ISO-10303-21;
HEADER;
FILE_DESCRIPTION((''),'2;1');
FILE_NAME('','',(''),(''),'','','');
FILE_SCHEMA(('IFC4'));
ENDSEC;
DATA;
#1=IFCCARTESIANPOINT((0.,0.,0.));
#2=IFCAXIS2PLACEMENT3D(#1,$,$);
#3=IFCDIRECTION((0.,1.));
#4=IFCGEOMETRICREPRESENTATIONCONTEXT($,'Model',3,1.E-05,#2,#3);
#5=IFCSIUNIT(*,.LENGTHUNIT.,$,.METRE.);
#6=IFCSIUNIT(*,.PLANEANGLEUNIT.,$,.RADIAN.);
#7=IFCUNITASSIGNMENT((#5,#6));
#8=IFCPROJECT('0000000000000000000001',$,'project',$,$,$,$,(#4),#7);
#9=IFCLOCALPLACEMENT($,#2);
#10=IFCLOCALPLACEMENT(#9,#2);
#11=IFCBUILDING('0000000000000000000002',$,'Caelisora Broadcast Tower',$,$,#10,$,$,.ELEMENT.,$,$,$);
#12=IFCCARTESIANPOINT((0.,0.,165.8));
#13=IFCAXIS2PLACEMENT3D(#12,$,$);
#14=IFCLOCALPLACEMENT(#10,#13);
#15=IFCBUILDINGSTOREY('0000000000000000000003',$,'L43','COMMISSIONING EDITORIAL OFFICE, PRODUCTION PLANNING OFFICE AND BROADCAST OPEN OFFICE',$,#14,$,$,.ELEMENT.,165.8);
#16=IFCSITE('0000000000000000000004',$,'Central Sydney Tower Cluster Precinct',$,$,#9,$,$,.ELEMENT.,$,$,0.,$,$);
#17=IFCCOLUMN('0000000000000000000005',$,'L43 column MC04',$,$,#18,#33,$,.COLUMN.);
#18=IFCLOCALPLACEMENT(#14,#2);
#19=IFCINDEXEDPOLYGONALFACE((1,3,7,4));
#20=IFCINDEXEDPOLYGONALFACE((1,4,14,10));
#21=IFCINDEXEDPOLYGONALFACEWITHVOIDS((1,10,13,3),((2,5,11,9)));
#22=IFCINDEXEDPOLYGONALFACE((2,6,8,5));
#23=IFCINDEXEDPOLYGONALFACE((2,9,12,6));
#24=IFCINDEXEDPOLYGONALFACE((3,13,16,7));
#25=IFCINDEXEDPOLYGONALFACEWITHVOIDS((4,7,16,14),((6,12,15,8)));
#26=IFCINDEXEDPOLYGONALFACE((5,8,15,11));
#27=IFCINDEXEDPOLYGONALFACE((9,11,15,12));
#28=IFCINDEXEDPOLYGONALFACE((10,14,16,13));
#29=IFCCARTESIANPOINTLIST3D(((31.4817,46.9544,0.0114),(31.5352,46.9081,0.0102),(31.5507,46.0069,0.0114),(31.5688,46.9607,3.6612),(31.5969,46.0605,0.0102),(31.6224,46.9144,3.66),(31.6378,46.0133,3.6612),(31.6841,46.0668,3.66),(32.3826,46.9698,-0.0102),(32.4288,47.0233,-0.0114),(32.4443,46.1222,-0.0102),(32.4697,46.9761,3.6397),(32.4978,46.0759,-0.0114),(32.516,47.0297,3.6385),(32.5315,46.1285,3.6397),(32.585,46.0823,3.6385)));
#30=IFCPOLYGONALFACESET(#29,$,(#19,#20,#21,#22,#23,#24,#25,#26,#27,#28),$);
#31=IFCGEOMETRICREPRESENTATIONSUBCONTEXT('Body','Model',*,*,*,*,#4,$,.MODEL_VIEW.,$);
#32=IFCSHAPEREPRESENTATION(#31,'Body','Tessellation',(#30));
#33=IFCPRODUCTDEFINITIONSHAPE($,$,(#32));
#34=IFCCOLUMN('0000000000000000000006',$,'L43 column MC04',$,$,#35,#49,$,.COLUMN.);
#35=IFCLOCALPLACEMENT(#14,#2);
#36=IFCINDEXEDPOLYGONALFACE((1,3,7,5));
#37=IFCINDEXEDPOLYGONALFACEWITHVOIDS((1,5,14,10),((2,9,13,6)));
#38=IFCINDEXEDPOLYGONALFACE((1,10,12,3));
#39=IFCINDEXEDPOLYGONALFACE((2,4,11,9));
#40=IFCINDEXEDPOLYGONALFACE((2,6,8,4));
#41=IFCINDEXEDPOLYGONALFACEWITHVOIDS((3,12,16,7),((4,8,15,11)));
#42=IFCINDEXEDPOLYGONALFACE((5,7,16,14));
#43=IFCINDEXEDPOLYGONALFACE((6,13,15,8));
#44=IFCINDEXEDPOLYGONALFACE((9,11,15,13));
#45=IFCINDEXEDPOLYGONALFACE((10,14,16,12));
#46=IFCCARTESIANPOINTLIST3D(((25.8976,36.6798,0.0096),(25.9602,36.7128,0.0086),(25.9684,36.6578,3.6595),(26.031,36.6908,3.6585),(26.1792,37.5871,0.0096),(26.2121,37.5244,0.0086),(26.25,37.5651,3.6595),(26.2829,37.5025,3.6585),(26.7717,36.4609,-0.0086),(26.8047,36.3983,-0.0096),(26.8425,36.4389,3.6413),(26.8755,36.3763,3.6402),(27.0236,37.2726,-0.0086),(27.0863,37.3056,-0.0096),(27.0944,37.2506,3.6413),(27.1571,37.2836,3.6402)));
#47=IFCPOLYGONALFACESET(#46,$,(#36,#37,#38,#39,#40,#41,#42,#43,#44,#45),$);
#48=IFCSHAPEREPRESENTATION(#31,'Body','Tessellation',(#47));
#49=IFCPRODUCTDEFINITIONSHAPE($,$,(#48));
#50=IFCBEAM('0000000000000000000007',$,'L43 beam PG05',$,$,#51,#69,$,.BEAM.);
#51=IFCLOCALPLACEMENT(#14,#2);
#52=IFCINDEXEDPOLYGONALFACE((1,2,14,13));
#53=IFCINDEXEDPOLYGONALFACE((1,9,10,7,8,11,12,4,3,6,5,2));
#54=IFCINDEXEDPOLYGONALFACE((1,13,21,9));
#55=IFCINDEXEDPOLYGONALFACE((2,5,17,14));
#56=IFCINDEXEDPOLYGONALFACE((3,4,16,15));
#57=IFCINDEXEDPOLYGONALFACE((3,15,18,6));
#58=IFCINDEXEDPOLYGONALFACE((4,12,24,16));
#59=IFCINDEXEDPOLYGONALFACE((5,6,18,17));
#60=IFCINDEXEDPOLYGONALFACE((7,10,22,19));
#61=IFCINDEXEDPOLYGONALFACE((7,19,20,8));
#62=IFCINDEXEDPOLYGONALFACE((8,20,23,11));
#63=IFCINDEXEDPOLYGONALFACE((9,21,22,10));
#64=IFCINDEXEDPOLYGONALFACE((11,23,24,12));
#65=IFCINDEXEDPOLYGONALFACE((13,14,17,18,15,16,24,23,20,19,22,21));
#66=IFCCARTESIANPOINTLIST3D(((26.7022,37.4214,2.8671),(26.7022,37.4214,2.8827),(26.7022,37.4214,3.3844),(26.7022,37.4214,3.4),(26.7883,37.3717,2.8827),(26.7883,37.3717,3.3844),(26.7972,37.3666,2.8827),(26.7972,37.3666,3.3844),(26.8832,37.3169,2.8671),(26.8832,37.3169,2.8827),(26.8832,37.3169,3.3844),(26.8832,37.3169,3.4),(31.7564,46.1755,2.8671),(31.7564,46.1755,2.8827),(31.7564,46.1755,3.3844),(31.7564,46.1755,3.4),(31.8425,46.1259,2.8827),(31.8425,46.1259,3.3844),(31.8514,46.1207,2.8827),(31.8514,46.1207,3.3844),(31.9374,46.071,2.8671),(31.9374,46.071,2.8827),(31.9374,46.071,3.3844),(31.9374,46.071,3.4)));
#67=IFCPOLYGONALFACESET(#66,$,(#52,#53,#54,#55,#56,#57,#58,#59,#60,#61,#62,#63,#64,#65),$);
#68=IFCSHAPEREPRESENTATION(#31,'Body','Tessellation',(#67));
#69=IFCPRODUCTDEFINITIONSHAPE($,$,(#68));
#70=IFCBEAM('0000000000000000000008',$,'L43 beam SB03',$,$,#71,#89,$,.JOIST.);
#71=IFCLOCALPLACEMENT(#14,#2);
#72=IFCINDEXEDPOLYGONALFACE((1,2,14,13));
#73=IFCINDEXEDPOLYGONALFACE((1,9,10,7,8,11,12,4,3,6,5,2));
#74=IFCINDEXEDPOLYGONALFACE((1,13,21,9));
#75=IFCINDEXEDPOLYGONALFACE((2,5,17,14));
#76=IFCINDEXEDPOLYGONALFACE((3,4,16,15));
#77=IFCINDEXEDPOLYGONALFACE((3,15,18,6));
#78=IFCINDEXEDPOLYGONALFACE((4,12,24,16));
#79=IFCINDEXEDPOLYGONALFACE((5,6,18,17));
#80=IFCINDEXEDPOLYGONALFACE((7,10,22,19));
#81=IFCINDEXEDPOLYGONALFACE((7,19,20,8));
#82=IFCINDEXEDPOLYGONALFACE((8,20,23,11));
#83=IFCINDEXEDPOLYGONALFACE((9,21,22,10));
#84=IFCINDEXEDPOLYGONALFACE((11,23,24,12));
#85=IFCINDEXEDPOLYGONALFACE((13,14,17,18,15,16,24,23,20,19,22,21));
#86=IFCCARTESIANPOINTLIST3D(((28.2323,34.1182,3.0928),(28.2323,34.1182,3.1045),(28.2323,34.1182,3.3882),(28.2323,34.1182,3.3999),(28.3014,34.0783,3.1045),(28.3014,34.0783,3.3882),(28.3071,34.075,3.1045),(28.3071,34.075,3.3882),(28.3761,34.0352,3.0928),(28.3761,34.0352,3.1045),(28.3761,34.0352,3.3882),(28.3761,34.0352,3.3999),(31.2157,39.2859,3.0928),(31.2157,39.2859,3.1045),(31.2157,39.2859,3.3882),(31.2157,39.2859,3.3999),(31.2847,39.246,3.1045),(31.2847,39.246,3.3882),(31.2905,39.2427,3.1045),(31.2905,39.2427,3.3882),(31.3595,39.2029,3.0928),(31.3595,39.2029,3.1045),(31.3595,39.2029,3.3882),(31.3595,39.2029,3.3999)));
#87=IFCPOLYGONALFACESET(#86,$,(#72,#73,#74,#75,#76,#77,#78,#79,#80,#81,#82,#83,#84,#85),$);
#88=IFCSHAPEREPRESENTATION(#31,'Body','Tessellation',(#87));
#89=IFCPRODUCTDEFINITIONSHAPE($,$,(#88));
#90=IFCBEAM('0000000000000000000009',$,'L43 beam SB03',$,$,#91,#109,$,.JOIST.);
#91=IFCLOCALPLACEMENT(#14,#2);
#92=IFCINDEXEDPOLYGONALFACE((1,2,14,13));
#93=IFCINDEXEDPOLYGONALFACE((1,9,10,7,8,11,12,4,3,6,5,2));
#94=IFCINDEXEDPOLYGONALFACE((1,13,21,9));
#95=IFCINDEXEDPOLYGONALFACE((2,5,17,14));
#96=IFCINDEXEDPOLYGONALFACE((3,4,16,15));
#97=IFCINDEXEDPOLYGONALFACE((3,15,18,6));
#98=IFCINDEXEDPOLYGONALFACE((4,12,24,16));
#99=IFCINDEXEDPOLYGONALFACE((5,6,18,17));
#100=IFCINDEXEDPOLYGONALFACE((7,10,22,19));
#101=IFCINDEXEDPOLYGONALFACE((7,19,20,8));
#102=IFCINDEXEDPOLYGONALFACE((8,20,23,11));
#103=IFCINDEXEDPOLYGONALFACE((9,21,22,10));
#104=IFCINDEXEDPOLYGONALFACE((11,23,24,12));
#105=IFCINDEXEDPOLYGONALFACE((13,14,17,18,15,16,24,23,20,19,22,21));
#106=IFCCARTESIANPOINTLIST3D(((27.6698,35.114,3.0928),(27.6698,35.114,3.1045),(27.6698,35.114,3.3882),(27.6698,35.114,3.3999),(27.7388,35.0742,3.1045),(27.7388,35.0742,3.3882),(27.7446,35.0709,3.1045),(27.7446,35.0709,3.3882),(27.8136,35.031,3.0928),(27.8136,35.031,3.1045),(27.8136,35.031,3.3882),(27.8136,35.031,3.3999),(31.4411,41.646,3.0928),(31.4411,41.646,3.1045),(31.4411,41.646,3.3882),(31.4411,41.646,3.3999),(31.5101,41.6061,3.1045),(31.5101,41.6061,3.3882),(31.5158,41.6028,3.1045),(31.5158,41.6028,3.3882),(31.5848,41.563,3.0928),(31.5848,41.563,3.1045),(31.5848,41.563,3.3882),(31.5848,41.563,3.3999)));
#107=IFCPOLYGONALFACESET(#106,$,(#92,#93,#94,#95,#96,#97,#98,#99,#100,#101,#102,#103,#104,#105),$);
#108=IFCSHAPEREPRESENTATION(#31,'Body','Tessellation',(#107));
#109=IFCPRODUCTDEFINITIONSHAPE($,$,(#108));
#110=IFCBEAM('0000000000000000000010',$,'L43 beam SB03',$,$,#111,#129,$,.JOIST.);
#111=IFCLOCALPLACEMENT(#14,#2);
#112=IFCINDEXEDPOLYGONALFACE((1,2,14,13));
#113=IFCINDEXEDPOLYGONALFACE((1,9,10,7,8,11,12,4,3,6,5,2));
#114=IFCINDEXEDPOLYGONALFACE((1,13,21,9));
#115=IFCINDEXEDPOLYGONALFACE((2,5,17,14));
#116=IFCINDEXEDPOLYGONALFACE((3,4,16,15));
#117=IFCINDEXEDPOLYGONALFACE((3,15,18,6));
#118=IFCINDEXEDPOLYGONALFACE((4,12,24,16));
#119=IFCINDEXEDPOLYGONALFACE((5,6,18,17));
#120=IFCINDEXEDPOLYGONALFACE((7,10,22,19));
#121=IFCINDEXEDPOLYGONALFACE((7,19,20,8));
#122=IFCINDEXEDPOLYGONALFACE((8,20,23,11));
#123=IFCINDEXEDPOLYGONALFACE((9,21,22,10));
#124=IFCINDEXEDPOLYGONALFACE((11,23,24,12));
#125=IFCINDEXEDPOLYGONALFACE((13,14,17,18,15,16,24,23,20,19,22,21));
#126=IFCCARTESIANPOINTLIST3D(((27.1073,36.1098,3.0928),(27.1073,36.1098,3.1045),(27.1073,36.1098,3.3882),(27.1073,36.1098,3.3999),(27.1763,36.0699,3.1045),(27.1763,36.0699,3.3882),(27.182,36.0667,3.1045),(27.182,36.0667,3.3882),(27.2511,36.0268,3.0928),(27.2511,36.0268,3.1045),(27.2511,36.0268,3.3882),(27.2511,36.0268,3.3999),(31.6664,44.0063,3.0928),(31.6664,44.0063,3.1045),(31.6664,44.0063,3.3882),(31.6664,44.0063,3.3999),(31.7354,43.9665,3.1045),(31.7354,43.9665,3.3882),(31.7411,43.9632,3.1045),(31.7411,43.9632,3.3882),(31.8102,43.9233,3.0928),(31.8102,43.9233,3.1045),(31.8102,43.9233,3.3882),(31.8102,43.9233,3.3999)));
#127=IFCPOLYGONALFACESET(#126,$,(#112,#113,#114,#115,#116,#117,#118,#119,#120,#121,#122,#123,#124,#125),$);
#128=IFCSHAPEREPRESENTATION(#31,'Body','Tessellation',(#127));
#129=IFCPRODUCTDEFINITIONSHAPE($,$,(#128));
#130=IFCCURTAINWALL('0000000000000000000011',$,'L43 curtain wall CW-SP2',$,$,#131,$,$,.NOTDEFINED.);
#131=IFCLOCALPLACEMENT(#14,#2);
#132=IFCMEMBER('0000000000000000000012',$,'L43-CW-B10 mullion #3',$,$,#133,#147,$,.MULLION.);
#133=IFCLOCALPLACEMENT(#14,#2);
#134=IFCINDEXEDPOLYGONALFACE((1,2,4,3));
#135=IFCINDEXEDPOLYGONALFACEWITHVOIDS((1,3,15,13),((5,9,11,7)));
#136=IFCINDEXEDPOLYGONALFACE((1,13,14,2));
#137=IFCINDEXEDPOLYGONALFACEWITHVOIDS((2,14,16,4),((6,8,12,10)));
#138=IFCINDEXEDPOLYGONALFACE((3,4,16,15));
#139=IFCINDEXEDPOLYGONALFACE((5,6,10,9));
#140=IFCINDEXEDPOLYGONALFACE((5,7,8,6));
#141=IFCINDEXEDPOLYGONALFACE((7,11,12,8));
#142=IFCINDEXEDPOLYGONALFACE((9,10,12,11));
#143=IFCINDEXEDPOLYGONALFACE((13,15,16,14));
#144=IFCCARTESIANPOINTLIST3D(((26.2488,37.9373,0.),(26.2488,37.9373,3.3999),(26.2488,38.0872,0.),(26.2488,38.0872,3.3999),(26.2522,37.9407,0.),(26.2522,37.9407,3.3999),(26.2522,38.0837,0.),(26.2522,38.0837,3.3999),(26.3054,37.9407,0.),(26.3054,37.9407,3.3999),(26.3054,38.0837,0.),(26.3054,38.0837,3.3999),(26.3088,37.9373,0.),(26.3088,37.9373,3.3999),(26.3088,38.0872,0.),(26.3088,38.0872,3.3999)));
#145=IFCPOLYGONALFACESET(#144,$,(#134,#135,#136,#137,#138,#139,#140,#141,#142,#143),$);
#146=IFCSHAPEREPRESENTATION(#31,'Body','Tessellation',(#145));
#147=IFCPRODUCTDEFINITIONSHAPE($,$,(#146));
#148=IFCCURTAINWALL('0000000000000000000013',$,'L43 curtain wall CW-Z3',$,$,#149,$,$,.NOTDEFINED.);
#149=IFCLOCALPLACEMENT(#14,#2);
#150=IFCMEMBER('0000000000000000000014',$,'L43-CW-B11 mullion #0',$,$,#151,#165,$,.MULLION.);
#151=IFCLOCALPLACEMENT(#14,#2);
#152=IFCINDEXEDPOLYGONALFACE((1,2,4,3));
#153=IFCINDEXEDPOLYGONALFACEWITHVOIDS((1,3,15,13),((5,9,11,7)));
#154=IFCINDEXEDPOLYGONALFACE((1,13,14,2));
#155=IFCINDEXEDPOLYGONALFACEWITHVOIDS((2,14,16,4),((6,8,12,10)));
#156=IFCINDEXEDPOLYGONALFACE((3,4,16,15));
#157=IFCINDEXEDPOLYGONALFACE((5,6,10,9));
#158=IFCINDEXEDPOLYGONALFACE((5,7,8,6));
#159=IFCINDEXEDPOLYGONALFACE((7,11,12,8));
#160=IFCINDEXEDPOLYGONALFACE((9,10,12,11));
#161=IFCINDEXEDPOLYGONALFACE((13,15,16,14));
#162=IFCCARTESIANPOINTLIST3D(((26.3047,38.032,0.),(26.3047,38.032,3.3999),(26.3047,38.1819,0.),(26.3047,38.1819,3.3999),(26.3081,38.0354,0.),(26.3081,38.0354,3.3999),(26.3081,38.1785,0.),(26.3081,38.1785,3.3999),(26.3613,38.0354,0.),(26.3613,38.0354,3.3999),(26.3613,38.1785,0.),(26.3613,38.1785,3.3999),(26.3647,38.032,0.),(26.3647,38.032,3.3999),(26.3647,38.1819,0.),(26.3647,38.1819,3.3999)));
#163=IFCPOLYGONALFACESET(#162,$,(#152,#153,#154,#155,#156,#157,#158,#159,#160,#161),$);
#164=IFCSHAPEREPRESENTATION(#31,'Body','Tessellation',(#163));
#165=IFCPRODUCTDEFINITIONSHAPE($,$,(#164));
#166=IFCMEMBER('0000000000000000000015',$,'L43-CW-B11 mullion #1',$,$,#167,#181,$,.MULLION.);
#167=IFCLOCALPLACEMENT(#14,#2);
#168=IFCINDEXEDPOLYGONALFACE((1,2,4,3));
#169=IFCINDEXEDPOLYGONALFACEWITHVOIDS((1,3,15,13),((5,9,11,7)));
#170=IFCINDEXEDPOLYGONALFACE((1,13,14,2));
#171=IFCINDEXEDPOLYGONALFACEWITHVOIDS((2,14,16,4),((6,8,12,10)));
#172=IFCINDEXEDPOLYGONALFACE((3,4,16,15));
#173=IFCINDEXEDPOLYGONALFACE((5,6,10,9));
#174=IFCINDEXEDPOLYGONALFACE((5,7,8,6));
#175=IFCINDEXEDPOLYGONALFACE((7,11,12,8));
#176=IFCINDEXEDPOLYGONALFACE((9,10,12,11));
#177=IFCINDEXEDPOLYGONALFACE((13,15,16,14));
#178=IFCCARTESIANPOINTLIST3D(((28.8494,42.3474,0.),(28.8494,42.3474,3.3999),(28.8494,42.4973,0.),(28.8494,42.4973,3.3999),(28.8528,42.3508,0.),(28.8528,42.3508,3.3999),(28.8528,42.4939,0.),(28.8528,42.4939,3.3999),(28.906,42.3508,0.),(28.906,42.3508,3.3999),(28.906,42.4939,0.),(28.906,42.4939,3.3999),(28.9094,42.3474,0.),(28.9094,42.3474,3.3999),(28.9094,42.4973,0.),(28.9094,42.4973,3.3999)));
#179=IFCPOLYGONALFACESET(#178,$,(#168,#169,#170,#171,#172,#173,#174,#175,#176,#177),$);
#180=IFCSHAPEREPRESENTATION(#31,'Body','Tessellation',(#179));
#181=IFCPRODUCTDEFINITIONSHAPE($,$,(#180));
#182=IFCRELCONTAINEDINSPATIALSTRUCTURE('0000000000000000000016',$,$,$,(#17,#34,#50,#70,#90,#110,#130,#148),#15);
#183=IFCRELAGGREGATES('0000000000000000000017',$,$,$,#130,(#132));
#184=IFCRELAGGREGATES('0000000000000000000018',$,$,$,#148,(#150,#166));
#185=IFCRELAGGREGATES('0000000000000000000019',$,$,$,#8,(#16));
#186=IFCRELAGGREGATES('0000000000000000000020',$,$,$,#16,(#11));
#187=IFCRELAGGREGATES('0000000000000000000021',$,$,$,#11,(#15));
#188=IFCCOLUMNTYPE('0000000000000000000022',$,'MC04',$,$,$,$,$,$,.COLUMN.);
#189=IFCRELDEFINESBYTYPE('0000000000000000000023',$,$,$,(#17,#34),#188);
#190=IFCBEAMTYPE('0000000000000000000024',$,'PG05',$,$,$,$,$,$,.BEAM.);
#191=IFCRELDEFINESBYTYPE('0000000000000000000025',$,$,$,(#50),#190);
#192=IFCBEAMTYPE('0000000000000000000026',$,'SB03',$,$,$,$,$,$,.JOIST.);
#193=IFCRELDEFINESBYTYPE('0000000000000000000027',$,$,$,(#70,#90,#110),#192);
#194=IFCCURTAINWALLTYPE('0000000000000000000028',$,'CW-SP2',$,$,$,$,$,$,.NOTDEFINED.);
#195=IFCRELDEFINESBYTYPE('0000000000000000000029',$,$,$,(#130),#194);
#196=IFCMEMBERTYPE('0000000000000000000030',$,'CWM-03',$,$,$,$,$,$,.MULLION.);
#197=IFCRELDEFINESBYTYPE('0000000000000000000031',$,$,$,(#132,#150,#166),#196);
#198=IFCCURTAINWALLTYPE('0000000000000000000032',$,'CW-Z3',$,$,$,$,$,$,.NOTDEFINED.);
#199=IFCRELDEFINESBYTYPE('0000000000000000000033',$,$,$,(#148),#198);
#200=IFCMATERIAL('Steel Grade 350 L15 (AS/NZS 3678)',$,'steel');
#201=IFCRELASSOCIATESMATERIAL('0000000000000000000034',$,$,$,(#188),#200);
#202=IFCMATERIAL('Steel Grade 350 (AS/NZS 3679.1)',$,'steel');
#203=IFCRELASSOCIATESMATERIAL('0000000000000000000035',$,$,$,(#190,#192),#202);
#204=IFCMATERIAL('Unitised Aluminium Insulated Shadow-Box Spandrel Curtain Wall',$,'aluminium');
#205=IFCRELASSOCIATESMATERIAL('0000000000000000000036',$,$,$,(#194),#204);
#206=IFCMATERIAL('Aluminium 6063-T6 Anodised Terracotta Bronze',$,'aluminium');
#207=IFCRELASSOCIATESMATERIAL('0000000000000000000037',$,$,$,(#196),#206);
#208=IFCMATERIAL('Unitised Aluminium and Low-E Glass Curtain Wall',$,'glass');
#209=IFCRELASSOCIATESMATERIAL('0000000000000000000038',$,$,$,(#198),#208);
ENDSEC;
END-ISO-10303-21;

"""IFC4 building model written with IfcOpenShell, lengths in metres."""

from ifc_helpers import new_model, si_unit, direction, frame, origin, origin_2d, place, context, subcontext, project, spatial, hollow_rectangle, i_section, extrude, source, transform, mapped, material, material_profile, profile_set, type_object, type_shapes, element, aggregate, save


model = new_model("IFC4")

# Units and contexts
model_context = context("Model", 3, precision=1e-05, world=origin(), true_north=direction((0.0, 1.0)))
body_context = subcontext(model_context, "Body", "Model", "MODEL_VIEW")
ifc_project = project(units=[si_unit("LENGTHUNIT", "METRE"), si_unit("PLANEANGLEUNIT", "RADIAN")], contexts=[model_context])

# Site, building, storey
site_placement = place(None, origin())
site = spatial("IfcSite", under=ifc_project, at=site_placement, Name="Central Sydney Tower Cluster Precinct", CompositionType="ELEMENT", RefElevation=0.0)
building_placement = place(site_placement, origin())
building = spatial("IfcBuilding", under=site, at=building_placement, Name="Caelisora Broadcast Tower", CompositionType="ELEMENT")
storey_placement = place(building_placement, frame((0.0, 0.0, 165.8)))
storey = spatial("IfcBuildingStorey", under=building, at=storey_placement, Name="L43", Description="COMMISSIONING EDITORIAL OFFICE, PRODUCTION PLANNING OFFICE AND BROADCAST OPEN OFFICE", CompositionType="ELEMENT", Elevation=165.8)

# Columns
ifc_material_1 = material(Name="Steel Grade 350 L15 (AS/NZS 3678)", Category="steel")
ifc_material_profile_1 = material_profile(ifc_material_1, hollow_rectangle(XDim=0.95, YDim=0.95, WallThickness=0.05, at=origin_2d()), Name="Steel Grade 350 L15 (AS/NZS 3678)")
ifc_profile_set_1 = profile_set([ifc_material_profile_1], Name="Steel Grade 350 L15 (AS/NZS 3678)")
column_type = type_object("IfcColumnType", Name="MC04", PredefinedType="COLUMN", material=ifc_profile_set_1)
shared_shape_1 = source(origin(), body_context, "Body", "SweptSolid", [
    extrude(hollow_rectangle(XDim=0.95, YDim=0.95, WallThickness=0.05, at=origin_2d()), origin(), (0.0, 0.0, 1.0), 3.6509),
])
column_1_placement = place(storey_placement, frame((31.9897, 46.5151, 0.0), z_axis=(0.023873, 0.001739, 0.999713), x_axis=(-0.072637, 0.997358, 0.0)))
element("IfcColumn", 1, at=column_1_placement, inside=storey, type_object=column_type, Name="L43 column MC04", PredefinedType="COLUMN", context=body_context, shape_type="MappedRepresentation", body=[
    mapped(shared_shape_1, transform((0.0, 0.0, 0.0), scale=1.0)),
])
shared_shape_2 = source(origin(), body_context, "Body", "SweptSolid", [
    extrude(hollow_rectangle(XDim=0.95, YDim=0.95, WallThickness=0.05, at=origin_2d()), origin(), (0.0, 0.0, 1.0), 3.6506),
])
type_shapes(column_type, [shared_shape_1, shared_shape_2])
column_2_placement = place(storey_placement, frame((26.4919, 36.9927, 0.0), z_axis=(0.019394, -0.006019, 0.999794), x_axis=(0.296399, 0.955064, 0.0)))
element("IfcColumn", 2, at=column_2_placement, inside=storey, type_object=column_type, Name="L43 column MC04", PredefinedType="COLUMN", context=body_context, shape_type="MappedRepresentation", body=[
    mapped(shared_shape_2, transform((0.0, 0.0, 0.0), scale=1.0)),
])

# Beams
ifc_material_2 = material(Name="Steel Grade 350 (AS/NZS 3679.1)", Category="steel")
ifc_material_profile_2 = material_profile(ifc_material_2, i_section(OverallWidth=0.209, OverallDepth=0.533, WebThickness=0.0103, FlangeThickness=0.0156, at=origin_2d()), Name="Steel Grade 350 (AS/NZS 3679.1)")
ifc_profile_set_2 = profile_set([ifc_material_profile_2], Name="Steel Grade 350 (AS/NZS 3679.1)")
beam_type_1 = type_object("IfcBeamType", Name="PG05", PredefinedType="BEAM", material=ifc_profile_set_2)
shared_shape_3 = source(origin(), body_context, "Body", "SweptSolid", [
    extrude(i_section(OverallWidth=0.209, OverallDepth=0.533, WebThickness=0.0103, FlangeThickness=0.0156, at=origin_2d()), origin(), (0.0, 0.0, 1.0), 10.1084),
])
type_shapes(beam_type_1, [shared_shape_3])
beam_1_placement = place(storey_placement, frame((31.8469, 46.1233, 3.1335), z_axis=(-0.499999, -0.866026, 0.0), x_axis=(0.866026, -0.499999, 0.0)))
element("IfcBeam", 3, at=beam_1_placement, inside=storey, type_object=beam_type_1, Name="L43 beam PG05", PredefinedType="BEAM", context=body_context, shape_type="MappedRepresentation", body=[
    mapped(shared_shape_3, transform((0.0, 0.0, 0.0), scale=1.0)),
])
ifc_material_profile_3 = material_profile(ifc_material_2, i_section(OverallWidth=0.166, OverallDepth=0.3071, WebThickness=0.0066, FlangeThickness=0.0117, at=origin_2d()), Name="Steel Grade 350 (AS/NZS 3679.1)")
ifc_profile_set_3 = profile_set([ifc_material_profile_3], Name="Steel Grade 350 (AS/NZS 3679.1)")
beam_type_2 = type_object("IfcBeamType", Name="SB03", PredefinedType="JOIST", material=ifc_profile_set_3)
shared_shape_4 = source(origin(), body_context, "Body", "SweptSolid", [
    extrude(i_section(OverallWidth=0.166, OverallDepth=0.3071, WebThickness=0.0066, FlangeThickness=0.0117, at=origin_2d()), origin(), (0.0, 0.0, 1.0), 5.967),
])
beam_2_placement = place(storey_placement, frame((31.2876, 39.2444, 3.2463), z_axis=(-0.499976, -0.866039, 0.0), x_axis=(0.866039, -0.499976, 0.0)))
element("IfcBeam", 4, at=beam_2_placement, inside=storey, type_object=beam_type_2, Name="L43 beam SB03", PredefinedType="JOIST", context=body_context, shape_type="MappedRepresentation", body=[
    mapped(shared_shape_4, transform((0.0, 0.0, 0.0), scale=1.0)),
])
shared_shape_5 = source(origin(), body_context, "Body", "SweptSolid", [
    extrude(i_section(OverallWidth=0.166, OverallDepth=0.3071, WebThickness=0.0066, FlangeThickness=0.0117, at=origin_2d()), origin(), (0.0, 0.0, 1.0), 7.5425),
])
beam_3_placement = place(storey_placement, frame((31.5129, 41.6045, 3.2463), z_axis=(-0.5, -0.866025, 0.0), x_axis=(0.866025, -0.5, 0.0)))
element("IfcBeam", 5, at=beam_3_placement, inside=storey, type_object=beam_type_2, Name="L43 beam SB03", PredefinedType="JOIST", context=body_context, shape_type="MappedRepresentation", body=[
    mapped(shared_shape_5, transform((0.0, 0.0, 0.0), scale=1.0)),
])
shared_shape_6 = source(origin(), body_context, "Body", "SweptSolid", [
    extrude(i_section(OverallWidth=0.166, OverallDepth=0.3071, WebThickness=0.0066, FlangeThickness=0.0117, at=origin_2d()), origin(), (0.0, 0.0, 1.0), 9.1182),
])
type_shapes(beam_type_2, [shared_shape_4, shared_shape_5, shared_shape_6])
beam_4_placement = place(storey_placement, frame((31.7383, 43.9648, 3.2463), z_axis=(-0.500004, -0.866023, 0.0), x_axis=(0.866023, -0.500004, 0.0)))
element("IfcBeam", 6, at=beam_4_placement, inside=storey, type_object=beam_type_2, Name="L43 beam SB03", PredefinedType="JOIST", context=body_context, shape_type="MappedRepresentation", body=[
    mapped(shared_shape_6, transform((0.0, 0.0, 0.0), scale=1.0)),
])

# Curtain wall, member
ifc_material_3 = material(Name="Unitised Aluminium Insulated Shadow-Box Spandrel Curtain Wall", Category="aluminium")
curtain_wall_type_1 = type_object("IfcCurtainWallType", Name="CW-SP2", PredefinedType="NOTDEFINED", material=ifc_material_3)
curtain_wall_1_placement = place(storey_placement, origin())
curtain_wall_1 = element("IfcCurtainWall", 7, at=curtain_wall_1_placement, inside=storey, type_object=curtain_wall_type_1, Name="L43 curtain wall CW-SP2", PredefinedType="NOTDEFINED")
ifc_material_4 = material(Name="Aluminium 6063-T6 Anodised Terracotta Bronze", Category="aluminium")
ifc_material_profile_4 = material_profile(ifc_material_4, hollow_rectangle(XDim=0.0601, YDim=0.1499, WallThickness=0.0034, at=origin_2d()), Name="Aluminium 6063-T6 Anodised Terracotta Bronze")
ifc_profile_set_4 = profile_set([ifc_material_profile_4], Name="Aluminium 6063-T6 Anodised Terracotta Bronze")
member_type_1 = type_object("IfcMemberType", Name="CWM-03", PredefinedType="MULLION", material=ifc_profile_set_4)
shared_shape_7 = source(origin(), body_context, "Body", "SweptSolid", [
    extrude(hollow_rectangle(XDim=0.0601, YDim=0.1499, WallThickness=0.0034, at=origin_2d()), origin(), (0.0, 0.0, 1.0), 3.3999),
])
type_shapes(member_type_1, [shared_shape_7])
member_1_placement = place(storey_placement, frame((26.2788, 38.0122, 0.0), z_axis=(0.0, 0.0, 1.0), x_axis=(1.0, 0.0, 0.0)))
member_1 = element("IfcMember", 8, at=member_1_placement, type_object=member_type_1, Name="L43-CW-B10 mullion #3", PredefinedType="MULLION", context=body_context, shape_type="MappedRepresentation", body=[
    mapped(shared_shape_7, transform((0.0, 0.0, 0.0), scale=1.0)),
])
aggregate(curtain_wall_1, [member_1])

# Curtain wall, members
ifc_material_5 = material(Name="Unitised Aluminium and Low-E Glass Curtain Wall", Category="glass")
curtain_wall_type_2 = type_object("IfcCurtainWallType", Name="CW-Z3", PredefinedType="NOTDEFINED", material=ifc_material_5)
curtain_wall_2_placement = place(storey_placement, origin())
curtain_wall_2 = element("IfcCurtainWall", 9, at=curtain_wall_2_placement, inside=storey, type_object=curtain_wall_type_2, Name="L43 curtain wall CW-Z3", PredefinedType="NOTDEFINED")
member_2_placement = place(storey_placement, frame((26.3347, 38.1069, 0.0), z_axis=(0.0, 0.0, 1.0), x_axis=(1.0, 0.0, 0.0)))
member_2 = element("IfcMember", 10, at=member_2_placement, type_object=member_type_1, Name="L43-CW-B11 mullion #0", PredefinedType="MULLION", context=body_context, shape_type="MappedRepresentation", body=[
    mapped(shared_shape_7, transform((0.0, 0.0, 0.0), scale=1.0)),
])
member_3_placement = place(storey_placement, frame((28.8794, 42.4224, 0.0), z_axis=(0.0, 0.0, 1.0), x_axis=(1.0, 0.0, 0.0)))
member_3 = element("IfcMember", 11, at=member_3_placement, type_object=member_type_1, Name="L43-CW-B11 mullion #1", PredefinedType="MULLION", context=body_context, shape_type="MappedRepresentation", body=[
    mapped(shared_shape_7, transform((0.0, 0.0, 0.0), scale=1.0)),
])

aggregate(curtain_wall_2, [member_2, member_3])

save(model, "model.ifc")
